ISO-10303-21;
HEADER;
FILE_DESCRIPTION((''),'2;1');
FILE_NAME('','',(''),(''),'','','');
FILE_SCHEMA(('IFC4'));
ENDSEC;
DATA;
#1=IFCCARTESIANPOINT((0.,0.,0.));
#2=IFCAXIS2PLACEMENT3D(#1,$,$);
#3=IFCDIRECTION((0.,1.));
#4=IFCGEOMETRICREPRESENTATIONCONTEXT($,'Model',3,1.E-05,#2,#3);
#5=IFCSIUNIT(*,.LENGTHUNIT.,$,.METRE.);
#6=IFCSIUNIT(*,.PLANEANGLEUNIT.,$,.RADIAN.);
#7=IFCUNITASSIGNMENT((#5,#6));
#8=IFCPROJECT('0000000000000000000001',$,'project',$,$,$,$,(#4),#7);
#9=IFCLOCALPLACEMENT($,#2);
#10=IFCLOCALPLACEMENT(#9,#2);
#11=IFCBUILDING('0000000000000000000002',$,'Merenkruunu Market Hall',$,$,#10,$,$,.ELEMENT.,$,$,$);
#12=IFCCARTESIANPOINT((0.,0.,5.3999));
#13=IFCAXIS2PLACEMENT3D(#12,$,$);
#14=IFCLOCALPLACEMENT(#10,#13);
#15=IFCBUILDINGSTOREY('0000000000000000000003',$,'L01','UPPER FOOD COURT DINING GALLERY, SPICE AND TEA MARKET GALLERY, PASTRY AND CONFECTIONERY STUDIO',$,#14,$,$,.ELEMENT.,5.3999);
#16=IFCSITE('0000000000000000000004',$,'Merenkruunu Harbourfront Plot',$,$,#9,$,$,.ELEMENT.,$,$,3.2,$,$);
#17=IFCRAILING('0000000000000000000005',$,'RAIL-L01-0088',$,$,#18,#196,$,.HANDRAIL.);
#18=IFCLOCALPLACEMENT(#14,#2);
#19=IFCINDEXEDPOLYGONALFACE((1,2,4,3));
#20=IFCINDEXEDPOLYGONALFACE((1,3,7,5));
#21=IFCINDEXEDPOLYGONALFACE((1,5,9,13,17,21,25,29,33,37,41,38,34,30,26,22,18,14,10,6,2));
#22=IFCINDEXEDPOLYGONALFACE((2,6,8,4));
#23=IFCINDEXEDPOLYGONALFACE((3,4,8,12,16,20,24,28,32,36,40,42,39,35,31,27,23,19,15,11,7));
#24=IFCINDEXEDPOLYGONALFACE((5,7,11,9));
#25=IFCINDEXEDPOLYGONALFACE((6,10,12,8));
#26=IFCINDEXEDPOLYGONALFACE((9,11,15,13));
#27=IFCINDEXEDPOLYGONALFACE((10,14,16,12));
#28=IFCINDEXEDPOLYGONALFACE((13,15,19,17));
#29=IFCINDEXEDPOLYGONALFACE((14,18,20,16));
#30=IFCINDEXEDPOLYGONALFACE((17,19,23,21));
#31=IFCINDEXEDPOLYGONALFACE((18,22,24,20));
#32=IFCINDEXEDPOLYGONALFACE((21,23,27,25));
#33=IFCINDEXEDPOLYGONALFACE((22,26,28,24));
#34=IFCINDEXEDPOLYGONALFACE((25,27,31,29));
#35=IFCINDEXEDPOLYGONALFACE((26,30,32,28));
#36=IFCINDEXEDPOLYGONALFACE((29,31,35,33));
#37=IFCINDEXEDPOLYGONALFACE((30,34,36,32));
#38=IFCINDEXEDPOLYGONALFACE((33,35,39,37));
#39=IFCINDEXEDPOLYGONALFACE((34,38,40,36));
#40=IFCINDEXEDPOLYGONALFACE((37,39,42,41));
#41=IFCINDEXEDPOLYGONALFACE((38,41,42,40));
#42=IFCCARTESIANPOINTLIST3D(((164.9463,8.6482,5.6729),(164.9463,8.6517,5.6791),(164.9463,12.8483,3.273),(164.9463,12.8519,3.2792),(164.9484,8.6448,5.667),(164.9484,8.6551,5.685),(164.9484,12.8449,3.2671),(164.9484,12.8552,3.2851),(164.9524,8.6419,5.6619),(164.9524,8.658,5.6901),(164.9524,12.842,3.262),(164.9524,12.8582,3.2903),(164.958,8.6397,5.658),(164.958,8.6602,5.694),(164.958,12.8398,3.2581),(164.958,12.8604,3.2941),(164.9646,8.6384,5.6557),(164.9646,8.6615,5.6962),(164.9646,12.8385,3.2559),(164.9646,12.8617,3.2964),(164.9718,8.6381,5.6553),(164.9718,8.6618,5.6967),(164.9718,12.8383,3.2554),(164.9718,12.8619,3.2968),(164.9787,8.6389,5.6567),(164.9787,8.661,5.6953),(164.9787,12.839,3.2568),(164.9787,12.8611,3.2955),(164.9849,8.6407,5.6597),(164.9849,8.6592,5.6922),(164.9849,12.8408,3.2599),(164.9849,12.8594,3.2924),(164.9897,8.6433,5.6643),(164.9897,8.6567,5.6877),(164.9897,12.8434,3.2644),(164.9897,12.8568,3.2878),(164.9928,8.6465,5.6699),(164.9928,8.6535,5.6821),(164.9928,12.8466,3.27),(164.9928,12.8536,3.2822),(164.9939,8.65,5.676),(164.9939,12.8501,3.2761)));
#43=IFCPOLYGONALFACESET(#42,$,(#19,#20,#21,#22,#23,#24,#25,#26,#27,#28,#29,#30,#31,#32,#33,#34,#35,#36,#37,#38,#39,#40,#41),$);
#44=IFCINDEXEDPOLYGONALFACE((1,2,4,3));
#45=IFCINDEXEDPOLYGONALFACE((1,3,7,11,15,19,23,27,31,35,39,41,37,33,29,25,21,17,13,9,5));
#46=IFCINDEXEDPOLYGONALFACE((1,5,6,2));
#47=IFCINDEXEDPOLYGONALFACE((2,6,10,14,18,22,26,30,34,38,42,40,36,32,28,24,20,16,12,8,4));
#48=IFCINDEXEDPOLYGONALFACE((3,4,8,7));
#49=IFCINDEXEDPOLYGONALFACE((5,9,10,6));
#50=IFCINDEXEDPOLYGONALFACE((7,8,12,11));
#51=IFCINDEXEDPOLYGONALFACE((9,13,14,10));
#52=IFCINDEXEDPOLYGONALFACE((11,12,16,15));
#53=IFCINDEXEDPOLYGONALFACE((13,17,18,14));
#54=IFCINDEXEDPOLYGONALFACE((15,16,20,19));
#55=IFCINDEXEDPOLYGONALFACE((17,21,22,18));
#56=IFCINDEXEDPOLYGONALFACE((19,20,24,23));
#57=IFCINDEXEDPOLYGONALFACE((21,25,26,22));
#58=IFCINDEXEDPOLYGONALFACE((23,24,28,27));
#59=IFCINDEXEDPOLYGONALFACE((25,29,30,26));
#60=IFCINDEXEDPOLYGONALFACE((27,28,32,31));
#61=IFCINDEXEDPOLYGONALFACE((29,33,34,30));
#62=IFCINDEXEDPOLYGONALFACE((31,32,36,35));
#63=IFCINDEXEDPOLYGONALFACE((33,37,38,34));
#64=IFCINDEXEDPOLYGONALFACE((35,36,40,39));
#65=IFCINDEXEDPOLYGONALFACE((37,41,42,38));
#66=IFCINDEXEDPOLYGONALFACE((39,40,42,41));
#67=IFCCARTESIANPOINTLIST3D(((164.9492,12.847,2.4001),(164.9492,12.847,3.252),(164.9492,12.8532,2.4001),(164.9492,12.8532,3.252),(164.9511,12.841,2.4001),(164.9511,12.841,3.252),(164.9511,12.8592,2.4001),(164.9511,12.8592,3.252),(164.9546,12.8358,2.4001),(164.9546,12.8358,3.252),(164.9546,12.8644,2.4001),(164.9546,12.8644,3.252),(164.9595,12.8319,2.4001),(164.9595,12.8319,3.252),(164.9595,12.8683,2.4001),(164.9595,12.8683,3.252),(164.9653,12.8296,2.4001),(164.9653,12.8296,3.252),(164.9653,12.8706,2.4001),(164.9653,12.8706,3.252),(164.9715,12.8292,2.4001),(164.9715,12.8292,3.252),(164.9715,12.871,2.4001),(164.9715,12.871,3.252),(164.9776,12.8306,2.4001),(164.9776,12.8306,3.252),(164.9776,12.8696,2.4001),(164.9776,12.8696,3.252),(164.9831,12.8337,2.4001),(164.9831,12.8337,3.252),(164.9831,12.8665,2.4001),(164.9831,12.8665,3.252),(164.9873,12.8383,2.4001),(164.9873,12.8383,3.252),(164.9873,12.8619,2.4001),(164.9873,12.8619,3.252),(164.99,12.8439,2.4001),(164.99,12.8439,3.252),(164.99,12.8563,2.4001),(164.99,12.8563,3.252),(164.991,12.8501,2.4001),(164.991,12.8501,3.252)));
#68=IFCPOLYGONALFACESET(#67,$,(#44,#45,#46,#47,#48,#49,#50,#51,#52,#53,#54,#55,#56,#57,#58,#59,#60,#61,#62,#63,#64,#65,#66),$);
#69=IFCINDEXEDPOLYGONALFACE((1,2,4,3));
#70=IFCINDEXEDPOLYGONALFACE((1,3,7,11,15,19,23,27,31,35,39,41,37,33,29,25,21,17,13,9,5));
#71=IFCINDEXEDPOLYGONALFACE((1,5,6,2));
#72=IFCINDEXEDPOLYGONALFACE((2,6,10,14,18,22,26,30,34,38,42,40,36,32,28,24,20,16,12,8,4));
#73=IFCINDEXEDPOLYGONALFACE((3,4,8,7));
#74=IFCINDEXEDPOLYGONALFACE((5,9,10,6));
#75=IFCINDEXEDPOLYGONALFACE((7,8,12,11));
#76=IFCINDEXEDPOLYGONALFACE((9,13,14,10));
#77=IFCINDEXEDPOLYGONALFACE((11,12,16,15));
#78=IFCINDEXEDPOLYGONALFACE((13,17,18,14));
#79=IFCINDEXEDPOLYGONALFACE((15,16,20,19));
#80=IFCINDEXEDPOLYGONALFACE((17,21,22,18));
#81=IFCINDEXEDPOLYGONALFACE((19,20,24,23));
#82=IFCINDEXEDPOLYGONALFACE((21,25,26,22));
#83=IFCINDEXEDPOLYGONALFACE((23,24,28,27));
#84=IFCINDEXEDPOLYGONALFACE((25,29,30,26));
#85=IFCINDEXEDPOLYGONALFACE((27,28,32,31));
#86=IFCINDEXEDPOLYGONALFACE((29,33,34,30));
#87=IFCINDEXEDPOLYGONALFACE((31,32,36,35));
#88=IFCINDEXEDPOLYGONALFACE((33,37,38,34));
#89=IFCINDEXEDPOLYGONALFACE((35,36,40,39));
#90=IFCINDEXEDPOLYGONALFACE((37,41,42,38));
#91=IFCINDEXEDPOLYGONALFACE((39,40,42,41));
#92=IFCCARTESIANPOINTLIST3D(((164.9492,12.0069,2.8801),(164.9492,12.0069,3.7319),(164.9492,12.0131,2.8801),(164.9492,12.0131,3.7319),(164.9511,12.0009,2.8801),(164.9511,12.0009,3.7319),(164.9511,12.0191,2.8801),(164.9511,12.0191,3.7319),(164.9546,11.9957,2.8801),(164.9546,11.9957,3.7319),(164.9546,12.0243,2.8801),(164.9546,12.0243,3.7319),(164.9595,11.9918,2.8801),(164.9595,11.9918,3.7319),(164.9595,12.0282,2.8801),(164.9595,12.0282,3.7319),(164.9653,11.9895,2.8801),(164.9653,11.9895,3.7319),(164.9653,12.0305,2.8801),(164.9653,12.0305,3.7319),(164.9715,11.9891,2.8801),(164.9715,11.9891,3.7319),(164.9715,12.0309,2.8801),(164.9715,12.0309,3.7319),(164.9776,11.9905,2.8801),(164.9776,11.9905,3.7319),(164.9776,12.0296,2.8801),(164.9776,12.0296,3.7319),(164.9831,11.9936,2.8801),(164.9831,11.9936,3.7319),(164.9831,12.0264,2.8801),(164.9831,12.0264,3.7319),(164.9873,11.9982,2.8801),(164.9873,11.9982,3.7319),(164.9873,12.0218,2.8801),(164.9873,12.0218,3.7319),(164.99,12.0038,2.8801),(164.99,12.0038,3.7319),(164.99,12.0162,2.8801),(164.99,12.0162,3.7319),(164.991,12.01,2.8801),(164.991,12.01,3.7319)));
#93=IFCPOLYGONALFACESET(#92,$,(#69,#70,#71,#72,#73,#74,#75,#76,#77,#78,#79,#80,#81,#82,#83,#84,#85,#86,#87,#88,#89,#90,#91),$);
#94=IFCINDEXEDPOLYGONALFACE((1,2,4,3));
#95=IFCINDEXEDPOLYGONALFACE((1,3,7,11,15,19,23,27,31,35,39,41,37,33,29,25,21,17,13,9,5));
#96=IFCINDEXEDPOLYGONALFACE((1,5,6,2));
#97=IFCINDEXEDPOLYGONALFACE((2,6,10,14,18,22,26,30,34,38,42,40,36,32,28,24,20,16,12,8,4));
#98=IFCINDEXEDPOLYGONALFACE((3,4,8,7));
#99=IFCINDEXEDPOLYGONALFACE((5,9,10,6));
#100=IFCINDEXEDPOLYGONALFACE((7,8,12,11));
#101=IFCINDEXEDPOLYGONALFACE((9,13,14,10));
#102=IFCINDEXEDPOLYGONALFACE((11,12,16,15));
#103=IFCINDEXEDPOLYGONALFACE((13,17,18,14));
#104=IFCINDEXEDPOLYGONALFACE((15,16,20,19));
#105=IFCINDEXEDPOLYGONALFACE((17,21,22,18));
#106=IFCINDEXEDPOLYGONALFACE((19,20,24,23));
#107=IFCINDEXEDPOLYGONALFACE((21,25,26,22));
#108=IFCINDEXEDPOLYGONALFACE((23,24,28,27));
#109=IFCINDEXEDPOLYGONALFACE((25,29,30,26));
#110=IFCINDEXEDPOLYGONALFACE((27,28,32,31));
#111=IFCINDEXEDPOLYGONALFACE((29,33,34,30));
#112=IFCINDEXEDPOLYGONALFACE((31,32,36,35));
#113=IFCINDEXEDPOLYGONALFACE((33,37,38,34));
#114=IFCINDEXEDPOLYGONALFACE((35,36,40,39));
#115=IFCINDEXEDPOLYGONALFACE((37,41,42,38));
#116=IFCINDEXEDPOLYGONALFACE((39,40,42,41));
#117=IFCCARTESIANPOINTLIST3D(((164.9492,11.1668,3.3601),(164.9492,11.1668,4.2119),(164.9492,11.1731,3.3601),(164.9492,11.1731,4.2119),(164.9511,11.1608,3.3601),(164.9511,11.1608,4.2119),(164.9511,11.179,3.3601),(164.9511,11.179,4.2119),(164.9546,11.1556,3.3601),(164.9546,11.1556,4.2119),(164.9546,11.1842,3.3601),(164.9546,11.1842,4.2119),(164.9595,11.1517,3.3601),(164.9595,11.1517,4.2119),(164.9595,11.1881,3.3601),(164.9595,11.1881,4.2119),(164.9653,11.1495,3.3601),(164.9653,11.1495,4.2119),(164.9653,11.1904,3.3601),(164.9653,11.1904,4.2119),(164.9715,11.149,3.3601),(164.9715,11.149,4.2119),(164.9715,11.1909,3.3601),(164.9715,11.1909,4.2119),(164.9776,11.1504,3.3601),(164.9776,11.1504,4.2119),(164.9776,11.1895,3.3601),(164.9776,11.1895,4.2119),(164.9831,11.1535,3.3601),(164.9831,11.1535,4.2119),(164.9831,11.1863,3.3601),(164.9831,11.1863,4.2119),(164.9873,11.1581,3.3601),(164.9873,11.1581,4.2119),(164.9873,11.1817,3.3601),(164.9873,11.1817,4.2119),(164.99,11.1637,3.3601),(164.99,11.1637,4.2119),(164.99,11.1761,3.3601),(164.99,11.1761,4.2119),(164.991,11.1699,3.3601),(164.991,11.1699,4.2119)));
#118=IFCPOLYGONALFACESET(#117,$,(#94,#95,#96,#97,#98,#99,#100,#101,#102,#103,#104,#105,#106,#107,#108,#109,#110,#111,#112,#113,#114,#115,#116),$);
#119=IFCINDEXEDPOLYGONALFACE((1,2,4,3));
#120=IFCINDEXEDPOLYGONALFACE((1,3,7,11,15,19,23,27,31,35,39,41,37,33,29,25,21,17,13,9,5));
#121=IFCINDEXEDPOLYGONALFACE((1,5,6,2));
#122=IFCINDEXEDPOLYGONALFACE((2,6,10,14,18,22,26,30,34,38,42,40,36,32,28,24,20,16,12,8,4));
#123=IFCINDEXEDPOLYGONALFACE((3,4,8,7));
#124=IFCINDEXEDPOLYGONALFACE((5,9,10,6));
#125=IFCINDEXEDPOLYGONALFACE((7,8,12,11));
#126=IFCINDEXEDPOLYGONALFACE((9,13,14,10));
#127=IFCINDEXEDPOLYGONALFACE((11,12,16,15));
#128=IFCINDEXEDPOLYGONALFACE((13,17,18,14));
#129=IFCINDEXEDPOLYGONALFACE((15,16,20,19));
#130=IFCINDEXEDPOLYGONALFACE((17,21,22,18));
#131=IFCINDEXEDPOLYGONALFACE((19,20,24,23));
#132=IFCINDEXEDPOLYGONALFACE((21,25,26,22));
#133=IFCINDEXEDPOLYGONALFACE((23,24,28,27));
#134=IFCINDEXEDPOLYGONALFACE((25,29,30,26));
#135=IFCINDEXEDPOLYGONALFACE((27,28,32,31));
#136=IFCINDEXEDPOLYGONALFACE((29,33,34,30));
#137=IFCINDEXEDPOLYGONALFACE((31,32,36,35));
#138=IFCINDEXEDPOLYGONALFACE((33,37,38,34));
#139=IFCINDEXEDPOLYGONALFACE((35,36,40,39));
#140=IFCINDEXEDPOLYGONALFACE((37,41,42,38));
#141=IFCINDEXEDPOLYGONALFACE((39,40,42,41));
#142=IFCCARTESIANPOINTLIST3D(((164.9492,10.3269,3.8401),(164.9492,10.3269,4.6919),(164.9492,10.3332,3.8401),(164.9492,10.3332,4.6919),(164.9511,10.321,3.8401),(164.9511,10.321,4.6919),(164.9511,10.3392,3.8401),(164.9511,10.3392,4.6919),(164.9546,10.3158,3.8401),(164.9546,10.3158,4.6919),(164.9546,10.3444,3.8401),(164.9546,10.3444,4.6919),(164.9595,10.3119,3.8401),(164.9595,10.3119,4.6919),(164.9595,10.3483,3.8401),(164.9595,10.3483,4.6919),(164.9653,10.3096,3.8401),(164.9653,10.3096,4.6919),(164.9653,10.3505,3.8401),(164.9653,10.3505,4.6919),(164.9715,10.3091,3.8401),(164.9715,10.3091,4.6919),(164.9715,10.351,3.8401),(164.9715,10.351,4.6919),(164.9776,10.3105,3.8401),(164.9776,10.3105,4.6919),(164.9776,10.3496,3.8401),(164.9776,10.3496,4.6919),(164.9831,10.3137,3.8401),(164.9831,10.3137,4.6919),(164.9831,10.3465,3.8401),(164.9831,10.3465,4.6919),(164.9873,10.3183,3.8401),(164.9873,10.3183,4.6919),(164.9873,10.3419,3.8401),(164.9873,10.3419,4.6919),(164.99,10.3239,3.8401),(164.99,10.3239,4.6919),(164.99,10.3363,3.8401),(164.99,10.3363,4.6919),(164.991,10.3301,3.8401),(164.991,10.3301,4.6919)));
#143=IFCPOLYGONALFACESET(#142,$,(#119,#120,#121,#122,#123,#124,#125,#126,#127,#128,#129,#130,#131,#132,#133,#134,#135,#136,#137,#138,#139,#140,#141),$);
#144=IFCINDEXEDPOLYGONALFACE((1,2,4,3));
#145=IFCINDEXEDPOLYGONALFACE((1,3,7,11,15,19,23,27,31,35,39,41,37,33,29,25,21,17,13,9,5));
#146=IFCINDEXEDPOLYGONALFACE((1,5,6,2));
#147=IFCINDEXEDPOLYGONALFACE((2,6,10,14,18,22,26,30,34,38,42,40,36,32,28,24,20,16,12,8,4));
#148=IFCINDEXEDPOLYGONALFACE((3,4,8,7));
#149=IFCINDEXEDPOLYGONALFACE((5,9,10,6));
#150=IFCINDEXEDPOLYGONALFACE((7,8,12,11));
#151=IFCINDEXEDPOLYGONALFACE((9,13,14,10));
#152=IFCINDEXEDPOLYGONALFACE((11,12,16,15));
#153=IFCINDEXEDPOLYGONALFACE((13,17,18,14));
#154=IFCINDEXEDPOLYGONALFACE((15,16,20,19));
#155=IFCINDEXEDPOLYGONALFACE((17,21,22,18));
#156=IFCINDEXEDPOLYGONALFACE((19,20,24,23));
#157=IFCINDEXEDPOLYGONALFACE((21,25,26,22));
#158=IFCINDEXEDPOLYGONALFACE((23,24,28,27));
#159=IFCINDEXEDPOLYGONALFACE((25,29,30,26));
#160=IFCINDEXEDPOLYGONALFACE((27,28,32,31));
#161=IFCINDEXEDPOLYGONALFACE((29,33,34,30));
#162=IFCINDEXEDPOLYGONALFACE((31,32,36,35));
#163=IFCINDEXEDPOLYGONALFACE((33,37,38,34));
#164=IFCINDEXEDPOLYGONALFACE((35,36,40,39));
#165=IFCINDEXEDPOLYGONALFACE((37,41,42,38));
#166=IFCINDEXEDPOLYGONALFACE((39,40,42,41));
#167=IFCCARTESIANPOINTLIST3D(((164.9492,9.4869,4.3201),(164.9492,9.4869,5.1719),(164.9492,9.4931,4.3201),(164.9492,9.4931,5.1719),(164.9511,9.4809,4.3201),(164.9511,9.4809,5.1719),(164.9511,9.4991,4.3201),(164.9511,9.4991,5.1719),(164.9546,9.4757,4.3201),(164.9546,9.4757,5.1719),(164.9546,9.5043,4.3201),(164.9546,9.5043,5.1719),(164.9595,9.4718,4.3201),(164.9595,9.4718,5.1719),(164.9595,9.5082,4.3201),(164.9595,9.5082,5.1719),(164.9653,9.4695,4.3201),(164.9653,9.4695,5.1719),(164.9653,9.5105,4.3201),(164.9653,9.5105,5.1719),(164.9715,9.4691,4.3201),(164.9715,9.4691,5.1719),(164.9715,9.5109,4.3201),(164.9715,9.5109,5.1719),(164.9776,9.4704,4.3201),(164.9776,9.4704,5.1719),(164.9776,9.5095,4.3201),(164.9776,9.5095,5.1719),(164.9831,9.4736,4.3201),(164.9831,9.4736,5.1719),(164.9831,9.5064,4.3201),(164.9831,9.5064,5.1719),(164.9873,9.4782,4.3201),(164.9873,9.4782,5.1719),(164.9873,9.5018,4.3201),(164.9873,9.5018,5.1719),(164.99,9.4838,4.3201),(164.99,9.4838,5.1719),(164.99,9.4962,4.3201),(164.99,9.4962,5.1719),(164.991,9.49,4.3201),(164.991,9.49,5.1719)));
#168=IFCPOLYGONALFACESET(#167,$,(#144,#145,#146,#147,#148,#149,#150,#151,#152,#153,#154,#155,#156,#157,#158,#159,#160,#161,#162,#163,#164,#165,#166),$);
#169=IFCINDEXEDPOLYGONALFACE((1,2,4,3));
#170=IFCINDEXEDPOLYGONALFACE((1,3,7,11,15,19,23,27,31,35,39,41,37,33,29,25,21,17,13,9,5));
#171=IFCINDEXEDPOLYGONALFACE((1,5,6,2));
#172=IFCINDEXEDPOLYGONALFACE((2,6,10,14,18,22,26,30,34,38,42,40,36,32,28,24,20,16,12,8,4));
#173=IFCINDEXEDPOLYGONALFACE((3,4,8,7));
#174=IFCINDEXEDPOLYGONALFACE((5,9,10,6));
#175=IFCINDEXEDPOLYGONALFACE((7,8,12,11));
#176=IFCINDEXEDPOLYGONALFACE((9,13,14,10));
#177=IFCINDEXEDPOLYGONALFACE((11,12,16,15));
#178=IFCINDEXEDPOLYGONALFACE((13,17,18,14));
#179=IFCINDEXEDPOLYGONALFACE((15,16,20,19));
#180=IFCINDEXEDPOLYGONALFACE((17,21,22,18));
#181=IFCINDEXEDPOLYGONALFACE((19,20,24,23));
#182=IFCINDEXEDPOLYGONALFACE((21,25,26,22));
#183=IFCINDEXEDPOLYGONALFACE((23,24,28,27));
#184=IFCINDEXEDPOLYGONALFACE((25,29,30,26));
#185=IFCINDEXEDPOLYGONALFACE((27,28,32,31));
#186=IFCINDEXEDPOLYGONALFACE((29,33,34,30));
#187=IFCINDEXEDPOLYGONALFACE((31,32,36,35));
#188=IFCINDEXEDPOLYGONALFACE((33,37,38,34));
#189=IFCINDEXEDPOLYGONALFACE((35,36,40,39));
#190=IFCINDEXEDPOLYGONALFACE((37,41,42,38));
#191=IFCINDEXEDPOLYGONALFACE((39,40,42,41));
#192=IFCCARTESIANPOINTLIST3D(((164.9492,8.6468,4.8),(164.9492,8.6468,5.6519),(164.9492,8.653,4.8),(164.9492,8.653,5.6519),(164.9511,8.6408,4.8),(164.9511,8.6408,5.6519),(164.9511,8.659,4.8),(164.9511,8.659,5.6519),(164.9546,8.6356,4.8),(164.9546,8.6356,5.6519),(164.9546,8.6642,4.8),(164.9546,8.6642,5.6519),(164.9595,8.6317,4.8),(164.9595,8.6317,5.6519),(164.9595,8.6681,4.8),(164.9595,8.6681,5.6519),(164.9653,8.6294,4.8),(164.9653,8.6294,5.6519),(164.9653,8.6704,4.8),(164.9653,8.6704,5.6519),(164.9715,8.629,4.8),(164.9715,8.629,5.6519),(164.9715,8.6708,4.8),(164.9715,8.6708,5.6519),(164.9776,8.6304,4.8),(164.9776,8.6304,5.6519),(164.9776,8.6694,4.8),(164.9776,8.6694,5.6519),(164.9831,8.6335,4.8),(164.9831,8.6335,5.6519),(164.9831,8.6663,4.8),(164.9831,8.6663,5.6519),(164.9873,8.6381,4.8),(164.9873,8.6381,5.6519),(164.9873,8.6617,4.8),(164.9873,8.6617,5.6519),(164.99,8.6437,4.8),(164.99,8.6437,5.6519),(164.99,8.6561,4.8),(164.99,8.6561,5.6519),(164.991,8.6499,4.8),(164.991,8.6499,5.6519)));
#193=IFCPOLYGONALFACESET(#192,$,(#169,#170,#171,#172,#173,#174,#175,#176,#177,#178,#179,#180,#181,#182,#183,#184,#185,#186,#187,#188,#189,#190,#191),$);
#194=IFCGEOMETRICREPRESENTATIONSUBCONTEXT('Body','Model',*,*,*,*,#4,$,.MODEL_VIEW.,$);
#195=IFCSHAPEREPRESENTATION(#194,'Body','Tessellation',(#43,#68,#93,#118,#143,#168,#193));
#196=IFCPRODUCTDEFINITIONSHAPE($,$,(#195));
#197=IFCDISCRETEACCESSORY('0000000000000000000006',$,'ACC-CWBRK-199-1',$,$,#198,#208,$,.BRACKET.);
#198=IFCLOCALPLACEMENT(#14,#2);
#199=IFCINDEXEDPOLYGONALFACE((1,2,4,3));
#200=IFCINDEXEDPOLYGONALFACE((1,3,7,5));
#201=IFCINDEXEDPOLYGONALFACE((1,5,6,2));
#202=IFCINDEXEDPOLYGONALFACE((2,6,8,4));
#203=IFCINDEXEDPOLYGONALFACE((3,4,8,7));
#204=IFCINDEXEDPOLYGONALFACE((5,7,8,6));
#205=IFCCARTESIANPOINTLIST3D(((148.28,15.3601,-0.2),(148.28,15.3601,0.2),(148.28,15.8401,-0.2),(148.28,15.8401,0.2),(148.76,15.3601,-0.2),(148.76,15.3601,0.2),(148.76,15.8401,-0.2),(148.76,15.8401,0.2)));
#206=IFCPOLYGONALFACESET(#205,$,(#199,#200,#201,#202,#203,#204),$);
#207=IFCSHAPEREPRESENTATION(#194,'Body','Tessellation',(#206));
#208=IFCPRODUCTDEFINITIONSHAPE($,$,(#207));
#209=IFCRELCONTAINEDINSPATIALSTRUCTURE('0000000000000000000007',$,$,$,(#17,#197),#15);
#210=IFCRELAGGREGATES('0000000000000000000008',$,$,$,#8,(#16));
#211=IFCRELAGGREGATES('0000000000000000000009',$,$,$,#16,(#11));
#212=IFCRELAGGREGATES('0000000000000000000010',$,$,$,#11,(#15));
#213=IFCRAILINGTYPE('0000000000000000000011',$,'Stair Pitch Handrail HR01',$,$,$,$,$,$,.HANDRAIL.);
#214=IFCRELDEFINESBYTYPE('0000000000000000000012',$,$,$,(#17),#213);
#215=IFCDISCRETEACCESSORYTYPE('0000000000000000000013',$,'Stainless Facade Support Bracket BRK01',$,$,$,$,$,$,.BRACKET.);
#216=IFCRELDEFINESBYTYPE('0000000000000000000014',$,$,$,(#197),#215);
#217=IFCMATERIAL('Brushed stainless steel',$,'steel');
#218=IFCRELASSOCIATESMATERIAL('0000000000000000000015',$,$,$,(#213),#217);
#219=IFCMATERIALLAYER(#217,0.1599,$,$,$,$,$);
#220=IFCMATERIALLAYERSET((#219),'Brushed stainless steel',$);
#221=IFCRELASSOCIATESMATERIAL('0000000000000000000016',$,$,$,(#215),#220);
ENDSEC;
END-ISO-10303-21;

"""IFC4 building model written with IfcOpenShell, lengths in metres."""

from ifc_helpers import new_model, si_unit, direction, frame, origin, origin_2d, place, context, subcontext, project, spatial, rectangle, circle, extrude, material, layer, layer_set, type_object, element, save


model = new_model("IFC4")

# Units and contexts
model_context = context("Model", 3, precision=1e-05, world=origin(), true_north=direction((0.0, 1.0)))
body_context = subcontext(model_context, "Body", "Model", "MODEL_VIEW")
ifc_project = project(units=[si_unit("LENGTHUNIT", "METRE"), si_unit("PLANEANGLEUNIT", "RADIAN")], contexts=[model_context])

# Site, building, storey
site_placement = place(None, origin())
site = spatial("IfcSite", under=ifc_project, at=site_placement, Name="Merenkruunu Harbourfront Plot", CompositionType="ELEMENT", RefElevation=3.2)
building_placement = place(site_placement, origin())
building = spatial("IfcBuilding", under=site, at=building_placement, Name="Merenkruunu Market Hall", CompositionType="ELEMENT")
storey_placement = place(building_placement, frame((0.0, 0.0, 5.3999)))
storey = spatial("IfcBuildingStorey", under=building, at=storey_placement, Name="L01", Description="UPPER FOOD COURT DINING GALLERY, SPICE AND TEA MARKET GALLERY, PASTRY AND CONFECTIONERY STUDIO", CompositionType="ELEMENT", Elevation=5.3999)

# Railing
ifc_material_1 = material(Name="Brushed stainless steel", Category="steel")
railing_type_1 = type_object("IfcRailingType", Name="Stair Pitch Handrail HR01", PredefinedType="HANDRAIL", material=ifc_material_1)
railing_1_placement = place(storey_placement, frame((164.97, 12.8501, 2.4001)))
element("IfcRailing", 1, at=railing_1_placement, inside=storey, type_object=railing_type_1, Name="RAIL-L01-0088", PredefinedType="HANDRAIL", context=body_context, shape_type="SweptSolid", body=[
    extrude(circle(Radius=0.0239, at=origin_2d()), frame((0.0, 0.0, 0.876), z_axis=(0.0, -0.868262, 0.496106), x_axis=(1.0, 0.0, 0.0)), (0.0, 0.0, 1.0), 4.8374),
    extrude(circle(Radius=0.021, at=origin_2d()), origin(), (0.0, 0.0, 1.0), 0.8518),
    extrude(circle(Radius=0.021, at=origin_2d()), frame((0.0, -0.8401, 0.48)), (0.0, 0.0, 1.0), 0.8518),
    extrude(circle(Radius=0.021, at=origin_2d()), frame((0.0, -1.6802, 0.96)), (0.0, 0.0, 1.0), 0.8518),
    extrude(circle(Radius=0.021, at=origin_2d()), frame((0.0, -2.52, 1.4399)), (0.0, 0.0, 1.0), 0.8518),
    extrude(circle(Radius=0.021, at=origin_2d()), frame((0.0, -3.3601, 1.9199)), (0.0, 0.0, 1.0), 0.8518),
    extrude(circle(Radius=0.021, at=origin_2d()), frame((0.0, -4.2002, 2.3999)), (0.0, 0.0, 1.0), 0.8518),
])

# Discrete accessory
ifc_layer_1 = layer(ifc_material_1, 0.1599)
ifc_layer_set_1 = layer_set([ifc_layer_1], Name="Brushed stainless steel")
discrete_accessory_type = type_object("IfcDiscreteAccessoryType", Name="Stainless Facade Support Bracket BRK01", PredefinedType="BRACKET", material=ifc_layer_set_1)
for number, where, z_axis, x_axis, name in (
    (2, (148.52, 15.6001, -0.2), (0.0, 0.0, 1.0), (1.0, 0.0, 0.0), "ACC-CWBRK-199-1"),
):
    element("IfcDiscreteAccessory", number, at=place(storey_placement, frame(where, z_axis=z_axis, x_axis=x_axis)), inside=storey, type_object=discrete_accessory_type, Name=name, PredefinedType="BRACKET", context=body_context, shape_type="SweptSolid", body=[
        extrude(rectangle(XDim=0.48, YDim=0.48, at=origin_2d()), origin(), (0.0, 0.0, 1.0), 0.3999),
    ])

save(model, "model.ifc")
